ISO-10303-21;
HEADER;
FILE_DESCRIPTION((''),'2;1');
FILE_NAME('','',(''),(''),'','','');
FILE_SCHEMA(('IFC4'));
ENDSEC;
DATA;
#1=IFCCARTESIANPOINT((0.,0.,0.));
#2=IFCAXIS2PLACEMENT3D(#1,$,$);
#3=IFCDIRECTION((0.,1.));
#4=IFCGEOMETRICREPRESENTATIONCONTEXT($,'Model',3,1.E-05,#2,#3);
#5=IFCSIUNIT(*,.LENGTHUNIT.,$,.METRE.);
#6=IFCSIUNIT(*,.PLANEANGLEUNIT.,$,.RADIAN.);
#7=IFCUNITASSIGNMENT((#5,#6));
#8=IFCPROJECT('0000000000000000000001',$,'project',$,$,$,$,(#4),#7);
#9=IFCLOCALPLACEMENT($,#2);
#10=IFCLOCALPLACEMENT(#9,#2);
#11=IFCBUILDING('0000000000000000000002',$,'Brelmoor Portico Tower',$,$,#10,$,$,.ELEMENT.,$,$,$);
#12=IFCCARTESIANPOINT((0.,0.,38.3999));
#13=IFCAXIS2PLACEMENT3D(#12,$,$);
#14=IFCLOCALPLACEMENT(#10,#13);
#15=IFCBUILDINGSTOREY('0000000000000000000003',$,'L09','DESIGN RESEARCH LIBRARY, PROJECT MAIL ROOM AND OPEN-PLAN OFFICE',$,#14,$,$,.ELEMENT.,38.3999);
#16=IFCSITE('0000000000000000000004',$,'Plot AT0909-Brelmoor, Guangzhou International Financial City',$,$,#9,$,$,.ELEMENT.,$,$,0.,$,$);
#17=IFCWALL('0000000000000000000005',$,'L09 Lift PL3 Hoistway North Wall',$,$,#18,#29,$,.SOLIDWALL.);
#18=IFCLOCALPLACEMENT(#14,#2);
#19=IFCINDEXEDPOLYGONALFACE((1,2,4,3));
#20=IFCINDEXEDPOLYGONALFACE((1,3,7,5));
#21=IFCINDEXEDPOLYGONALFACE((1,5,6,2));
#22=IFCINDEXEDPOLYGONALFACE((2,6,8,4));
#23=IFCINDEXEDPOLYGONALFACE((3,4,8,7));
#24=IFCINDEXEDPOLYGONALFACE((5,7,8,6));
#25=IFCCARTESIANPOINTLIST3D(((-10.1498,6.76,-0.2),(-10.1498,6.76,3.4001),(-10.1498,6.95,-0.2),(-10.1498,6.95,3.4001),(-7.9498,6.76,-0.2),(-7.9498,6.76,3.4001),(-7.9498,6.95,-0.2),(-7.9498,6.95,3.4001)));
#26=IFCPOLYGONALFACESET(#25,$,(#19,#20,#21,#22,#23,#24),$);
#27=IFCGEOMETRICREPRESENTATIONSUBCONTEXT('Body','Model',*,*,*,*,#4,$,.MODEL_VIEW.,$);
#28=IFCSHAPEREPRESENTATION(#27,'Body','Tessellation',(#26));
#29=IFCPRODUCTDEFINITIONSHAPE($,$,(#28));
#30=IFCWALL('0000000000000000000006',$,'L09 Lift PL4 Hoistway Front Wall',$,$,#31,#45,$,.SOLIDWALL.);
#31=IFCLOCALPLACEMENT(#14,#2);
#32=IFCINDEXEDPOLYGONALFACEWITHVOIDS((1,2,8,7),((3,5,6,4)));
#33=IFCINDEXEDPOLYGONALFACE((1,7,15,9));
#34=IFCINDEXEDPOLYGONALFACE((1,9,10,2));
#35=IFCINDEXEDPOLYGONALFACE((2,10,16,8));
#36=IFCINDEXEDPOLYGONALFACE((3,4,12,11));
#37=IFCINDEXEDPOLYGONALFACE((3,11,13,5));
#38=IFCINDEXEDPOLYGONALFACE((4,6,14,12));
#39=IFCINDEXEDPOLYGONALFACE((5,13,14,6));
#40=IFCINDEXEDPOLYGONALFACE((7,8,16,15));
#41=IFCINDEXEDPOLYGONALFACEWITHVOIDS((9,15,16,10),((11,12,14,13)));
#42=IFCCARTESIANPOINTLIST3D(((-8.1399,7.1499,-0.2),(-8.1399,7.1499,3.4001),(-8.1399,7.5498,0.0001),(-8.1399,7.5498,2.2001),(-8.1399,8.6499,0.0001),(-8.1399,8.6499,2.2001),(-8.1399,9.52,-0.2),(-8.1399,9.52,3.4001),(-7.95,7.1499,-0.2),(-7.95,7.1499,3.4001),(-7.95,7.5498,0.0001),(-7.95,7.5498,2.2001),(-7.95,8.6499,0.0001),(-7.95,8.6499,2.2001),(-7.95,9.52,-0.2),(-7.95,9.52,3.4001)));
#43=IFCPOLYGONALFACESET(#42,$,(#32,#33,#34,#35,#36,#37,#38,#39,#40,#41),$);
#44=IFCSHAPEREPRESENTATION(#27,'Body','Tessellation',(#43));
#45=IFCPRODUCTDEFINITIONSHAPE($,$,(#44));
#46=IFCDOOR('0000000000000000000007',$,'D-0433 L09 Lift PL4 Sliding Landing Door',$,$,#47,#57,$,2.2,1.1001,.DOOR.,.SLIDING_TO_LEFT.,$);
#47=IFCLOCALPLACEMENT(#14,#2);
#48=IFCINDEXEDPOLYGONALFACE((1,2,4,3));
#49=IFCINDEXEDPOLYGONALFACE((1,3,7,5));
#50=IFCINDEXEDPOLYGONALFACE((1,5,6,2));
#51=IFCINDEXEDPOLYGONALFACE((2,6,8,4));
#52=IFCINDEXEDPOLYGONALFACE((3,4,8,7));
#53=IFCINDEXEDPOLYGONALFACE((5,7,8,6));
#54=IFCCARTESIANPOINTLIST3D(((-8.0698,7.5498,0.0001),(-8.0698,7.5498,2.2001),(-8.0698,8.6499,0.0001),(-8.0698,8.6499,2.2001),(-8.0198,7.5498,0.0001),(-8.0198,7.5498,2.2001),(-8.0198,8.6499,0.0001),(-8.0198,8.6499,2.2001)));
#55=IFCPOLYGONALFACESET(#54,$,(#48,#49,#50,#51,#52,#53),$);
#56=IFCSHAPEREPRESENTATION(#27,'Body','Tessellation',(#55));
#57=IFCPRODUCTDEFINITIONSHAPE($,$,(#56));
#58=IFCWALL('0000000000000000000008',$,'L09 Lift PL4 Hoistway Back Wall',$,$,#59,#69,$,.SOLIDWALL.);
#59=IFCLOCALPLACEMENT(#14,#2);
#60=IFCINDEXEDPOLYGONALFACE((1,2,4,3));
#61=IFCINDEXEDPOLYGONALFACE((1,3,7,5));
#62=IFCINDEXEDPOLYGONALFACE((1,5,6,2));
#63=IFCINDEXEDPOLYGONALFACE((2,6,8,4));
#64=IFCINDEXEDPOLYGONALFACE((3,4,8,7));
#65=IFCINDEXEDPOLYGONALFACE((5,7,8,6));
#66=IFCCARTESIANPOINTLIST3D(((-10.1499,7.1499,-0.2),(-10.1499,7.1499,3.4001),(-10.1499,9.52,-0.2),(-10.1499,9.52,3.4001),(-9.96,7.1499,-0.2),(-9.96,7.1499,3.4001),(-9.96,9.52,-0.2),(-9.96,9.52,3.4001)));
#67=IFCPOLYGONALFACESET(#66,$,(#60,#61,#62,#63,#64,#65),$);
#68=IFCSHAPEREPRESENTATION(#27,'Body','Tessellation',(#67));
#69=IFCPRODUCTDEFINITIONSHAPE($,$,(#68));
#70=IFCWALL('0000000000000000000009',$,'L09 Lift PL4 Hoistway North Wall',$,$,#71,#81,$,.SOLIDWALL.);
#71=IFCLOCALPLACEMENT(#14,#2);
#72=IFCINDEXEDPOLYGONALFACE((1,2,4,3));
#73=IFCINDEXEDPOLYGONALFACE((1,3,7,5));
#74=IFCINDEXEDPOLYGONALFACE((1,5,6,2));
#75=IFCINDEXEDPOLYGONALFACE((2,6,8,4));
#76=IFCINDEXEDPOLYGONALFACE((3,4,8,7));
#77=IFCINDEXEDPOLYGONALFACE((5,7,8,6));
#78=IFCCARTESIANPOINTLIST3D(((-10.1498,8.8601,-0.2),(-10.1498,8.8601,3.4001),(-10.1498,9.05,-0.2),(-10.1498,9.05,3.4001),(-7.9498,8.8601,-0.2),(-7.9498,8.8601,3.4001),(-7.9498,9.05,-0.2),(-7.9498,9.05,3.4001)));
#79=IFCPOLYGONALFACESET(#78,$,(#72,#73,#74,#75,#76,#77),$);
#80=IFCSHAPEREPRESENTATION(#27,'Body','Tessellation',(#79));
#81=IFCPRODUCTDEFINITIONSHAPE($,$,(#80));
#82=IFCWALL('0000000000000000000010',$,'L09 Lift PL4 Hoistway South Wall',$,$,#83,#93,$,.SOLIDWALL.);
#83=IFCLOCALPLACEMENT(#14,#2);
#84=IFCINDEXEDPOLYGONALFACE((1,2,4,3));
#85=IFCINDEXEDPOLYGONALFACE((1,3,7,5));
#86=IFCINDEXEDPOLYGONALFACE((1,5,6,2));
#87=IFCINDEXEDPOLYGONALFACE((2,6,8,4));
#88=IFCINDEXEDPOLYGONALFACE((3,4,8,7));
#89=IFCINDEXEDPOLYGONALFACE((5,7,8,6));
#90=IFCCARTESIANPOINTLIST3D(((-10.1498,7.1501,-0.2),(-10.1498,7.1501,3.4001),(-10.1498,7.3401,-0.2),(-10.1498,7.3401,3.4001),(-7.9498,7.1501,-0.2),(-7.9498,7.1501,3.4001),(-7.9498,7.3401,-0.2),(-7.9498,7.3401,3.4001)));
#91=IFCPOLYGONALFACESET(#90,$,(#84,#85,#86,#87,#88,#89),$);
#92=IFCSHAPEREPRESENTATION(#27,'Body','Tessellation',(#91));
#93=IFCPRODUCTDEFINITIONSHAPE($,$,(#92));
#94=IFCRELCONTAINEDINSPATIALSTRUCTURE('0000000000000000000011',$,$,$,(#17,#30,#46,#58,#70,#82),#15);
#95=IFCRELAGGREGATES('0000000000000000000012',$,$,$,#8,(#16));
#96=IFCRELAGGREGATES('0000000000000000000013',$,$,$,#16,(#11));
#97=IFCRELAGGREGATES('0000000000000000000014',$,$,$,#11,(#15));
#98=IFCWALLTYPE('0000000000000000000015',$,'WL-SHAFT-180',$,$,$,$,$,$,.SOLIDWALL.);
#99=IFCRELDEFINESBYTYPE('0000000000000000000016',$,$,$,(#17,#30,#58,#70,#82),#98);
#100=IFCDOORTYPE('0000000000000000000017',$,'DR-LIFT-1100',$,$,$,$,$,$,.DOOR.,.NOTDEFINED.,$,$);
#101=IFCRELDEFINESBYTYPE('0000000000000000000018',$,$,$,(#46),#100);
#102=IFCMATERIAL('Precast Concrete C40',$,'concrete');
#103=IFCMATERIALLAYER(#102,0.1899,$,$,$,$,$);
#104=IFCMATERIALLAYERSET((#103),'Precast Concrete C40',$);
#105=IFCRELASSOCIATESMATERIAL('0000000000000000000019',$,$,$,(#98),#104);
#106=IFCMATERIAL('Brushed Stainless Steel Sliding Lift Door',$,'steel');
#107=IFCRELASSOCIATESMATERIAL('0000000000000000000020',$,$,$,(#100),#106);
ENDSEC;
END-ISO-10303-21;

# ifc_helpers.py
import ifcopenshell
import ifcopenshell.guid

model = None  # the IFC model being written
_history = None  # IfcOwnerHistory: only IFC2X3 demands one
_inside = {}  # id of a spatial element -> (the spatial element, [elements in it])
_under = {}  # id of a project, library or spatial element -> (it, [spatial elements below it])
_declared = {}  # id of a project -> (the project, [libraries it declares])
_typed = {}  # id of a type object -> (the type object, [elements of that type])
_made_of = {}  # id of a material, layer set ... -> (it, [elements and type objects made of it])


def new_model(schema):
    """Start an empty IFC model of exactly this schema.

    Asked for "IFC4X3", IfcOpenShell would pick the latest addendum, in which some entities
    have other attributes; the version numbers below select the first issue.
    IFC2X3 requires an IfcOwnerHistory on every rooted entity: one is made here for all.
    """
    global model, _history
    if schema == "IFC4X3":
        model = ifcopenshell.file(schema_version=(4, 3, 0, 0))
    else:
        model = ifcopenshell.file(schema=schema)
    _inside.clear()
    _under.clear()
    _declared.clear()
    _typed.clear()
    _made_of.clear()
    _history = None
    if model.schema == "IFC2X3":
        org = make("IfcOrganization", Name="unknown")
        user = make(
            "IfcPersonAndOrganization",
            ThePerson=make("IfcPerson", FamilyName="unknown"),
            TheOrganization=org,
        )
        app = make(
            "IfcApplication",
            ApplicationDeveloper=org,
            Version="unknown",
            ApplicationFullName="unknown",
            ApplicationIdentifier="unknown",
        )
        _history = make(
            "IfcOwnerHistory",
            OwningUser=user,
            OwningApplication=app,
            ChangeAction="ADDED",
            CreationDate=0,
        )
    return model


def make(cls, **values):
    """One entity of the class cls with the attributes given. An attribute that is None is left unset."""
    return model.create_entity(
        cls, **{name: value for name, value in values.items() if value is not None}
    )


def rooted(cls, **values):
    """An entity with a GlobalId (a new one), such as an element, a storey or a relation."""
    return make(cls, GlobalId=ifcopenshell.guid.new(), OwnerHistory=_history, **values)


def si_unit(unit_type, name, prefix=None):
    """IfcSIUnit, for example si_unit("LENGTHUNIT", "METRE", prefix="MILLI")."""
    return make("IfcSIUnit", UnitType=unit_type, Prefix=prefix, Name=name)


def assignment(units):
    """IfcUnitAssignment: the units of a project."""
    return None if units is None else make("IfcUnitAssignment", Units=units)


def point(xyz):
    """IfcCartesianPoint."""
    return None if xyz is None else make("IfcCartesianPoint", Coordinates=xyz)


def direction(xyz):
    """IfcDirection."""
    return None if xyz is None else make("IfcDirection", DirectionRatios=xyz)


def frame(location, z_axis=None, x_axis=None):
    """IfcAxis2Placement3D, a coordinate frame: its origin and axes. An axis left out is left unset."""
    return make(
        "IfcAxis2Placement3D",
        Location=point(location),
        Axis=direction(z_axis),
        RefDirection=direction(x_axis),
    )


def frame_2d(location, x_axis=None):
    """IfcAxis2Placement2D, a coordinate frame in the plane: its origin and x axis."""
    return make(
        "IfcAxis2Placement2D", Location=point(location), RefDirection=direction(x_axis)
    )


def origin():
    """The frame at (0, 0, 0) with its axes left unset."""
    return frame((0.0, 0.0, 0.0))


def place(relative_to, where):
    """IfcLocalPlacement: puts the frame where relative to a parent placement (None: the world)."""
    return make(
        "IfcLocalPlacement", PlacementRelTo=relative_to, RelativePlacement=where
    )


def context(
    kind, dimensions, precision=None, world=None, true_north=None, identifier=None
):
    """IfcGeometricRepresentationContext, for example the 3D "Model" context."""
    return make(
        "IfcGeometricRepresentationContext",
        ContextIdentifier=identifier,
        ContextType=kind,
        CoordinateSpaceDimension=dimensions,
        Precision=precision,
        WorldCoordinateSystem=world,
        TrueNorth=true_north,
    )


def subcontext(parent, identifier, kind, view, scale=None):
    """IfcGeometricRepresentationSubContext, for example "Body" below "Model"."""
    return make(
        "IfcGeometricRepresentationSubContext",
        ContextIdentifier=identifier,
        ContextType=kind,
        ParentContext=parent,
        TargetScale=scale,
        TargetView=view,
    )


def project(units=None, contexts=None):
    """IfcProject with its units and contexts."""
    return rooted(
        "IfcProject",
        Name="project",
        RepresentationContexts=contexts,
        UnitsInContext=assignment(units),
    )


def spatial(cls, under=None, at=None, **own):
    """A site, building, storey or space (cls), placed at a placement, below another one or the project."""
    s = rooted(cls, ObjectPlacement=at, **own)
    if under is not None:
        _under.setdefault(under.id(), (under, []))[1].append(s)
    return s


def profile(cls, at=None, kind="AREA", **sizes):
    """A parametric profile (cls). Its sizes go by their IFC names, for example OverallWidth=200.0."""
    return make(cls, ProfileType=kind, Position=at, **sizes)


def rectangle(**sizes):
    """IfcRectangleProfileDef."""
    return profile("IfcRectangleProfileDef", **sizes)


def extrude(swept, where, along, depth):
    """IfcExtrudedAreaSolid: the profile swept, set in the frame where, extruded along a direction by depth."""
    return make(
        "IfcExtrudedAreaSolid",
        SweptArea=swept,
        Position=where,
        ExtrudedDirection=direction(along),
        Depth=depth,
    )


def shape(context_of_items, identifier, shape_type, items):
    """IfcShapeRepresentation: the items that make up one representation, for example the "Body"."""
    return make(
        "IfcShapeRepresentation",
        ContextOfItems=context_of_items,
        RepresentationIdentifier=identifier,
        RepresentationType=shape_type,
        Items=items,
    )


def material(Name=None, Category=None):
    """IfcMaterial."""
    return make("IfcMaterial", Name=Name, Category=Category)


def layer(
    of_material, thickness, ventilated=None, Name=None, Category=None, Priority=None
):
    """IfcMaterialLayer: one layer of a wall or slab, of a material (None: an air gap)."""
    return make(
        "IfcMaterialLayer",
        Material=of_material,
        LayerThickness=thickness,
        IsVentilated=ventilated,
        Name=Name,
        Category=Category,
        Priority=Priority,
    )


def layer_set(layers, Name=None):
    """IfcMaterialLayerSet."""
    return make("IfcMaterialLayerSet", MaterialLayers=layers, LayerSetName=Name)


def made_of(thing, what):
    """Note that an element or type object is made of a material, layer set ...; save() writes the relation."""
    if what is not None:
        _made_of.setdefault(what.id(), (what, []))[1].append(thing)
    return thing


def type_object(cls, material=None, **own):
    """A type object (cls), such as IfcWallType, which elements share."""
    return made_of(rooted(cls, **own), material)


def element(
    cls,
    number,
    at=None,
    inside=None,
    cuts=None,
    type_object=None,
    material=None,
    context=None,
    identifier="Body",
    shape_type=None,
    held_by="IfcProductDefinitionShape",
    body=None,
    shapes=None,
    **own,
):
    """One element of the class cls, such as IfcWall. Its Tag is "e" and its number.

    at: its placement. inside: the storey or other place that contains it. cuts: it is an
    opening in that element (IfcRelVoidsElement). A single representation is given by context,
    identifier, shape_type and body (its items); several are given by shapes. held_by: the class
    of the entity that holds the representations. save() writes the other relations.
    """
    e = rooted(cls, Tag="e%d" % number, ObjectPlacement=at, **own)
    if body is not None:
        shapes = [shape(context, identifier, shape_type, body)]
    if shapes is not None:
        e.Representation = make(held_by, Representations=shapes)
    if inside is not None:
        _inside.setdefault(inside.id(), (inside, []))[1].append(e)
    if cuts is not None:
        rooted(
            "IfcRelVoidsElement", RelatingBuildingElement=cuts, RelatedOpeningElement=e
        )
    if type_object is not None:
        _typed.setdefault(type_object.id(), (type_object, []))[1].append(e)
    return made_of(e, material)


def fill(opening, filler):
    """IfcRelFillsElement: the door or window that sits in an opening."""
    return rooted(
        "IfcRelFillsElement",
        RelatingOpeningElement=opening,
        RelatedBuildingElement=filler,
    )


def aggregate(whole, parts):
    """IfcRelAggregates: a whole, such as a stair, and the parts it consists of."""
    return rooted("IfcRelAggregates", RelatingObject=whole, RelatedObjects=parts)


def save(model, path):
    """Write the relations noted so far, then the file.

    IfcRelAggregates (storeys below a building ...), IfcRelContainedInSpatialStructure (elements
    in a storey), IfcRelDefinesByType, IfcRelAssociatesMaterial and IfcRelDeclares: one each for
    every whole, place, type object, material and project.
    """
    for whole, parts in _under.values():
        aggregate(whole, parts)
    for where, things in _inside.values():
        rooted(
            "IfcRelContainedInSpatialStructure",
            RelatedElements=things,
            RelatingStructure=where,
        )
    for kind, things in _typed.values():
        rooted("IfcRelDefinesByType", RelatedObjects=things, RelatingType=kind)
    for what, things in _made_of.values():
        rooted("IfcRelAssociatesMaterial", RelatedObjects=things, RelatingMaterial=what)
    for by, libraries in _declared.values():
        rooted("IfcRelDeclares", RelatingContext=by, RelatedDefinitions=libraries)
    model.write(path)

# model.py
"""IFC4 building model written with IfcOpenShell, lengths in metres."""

from ifc_helpers import new_model, si_unit, direction, frame, frame_2d, origin, place, context, subcontext, project, spatial, rectangle, extrude, material, layer, layer_set, type_object, element, fill, save


model = new_model("IFC4")

# Units and contexts
model_context = context("Model", 3, precision=1e-05, world=origin(), true_north=direction((0.0, 1.0)))
body_context = subcontext(model_context, "Body", "Model", "MODEL_VIEW")
ifc_project = project(units=[si_unit("LENGTHUNIT", "METRE"), si_unit("PLANEANGLEUNIT", "RADIAN")], contexts=[model_context])

# Site, building, storey
site_placement = place(None, origin())
site = spatial("IfcSite", under=ifc_project, at=site_placement, Name="Plot AT0909-Brelmoor, Guangzhou International Financial City", CompositionType="ELEMENT", RefElevation=0.0)
building_placement = place(site_placement, origin())
building = spatial("IfcBuilding", under=site, at=building_placement, Name="Brelmoor Portico Tower", CompositionType="ELEMENT")
storey_placement = place(building_placement, frame((0.0, 0.0, 38.3999)))
storey = spatial("IfcBuildingStorey", under=building, at=storey_placement, Name="L09", Description="DESIGN RESEARCH LIBRARY, PROJECT MAIL ROOM AND OPEN-PLAN OFFICE", CompositionType="ELEMENT", Elevation=38.3999)

# Wall
ifc_material_1 = material(Name="Precast Concrete C40", Category="concrete")
ifc_layer_1 = layer(ifc_material_1, 0.1899)
ifc_layer_set_1 = layer_set([ifc_layer_1], Name="Precast Concrete C40")
wall_type_1 = type_object("IfcWallType", Name="WL-SHAFT-180", PredefinedType="SOLIDWALL", material=ifc_layer_set_1)
wall_1_placement = place(storey_placement, frame((-10.1499, 6.855, -0.2), z_axis=(0.0, 0.0, 1.0), x_axis=(1.0, 0.0, 0.0)))
element("IfcWall", 1, at=wall_1_placement, inside=storey, type_object=wall_type_1, Name="L09 Lift PL3 Hoistway North Wall", PredefinedType="SOLIDWALL", context=body_context, shape_type="SweptSolid", body=[
    extrude(rectangle(XDim=2.2, YDim=0.1899, at=frame_2d((1.1001, 0.0))), origin(), (0.0, 0.0, 1.0), 3.6001),
])

# Wall, opening, door
wall_2_placement = place(storey_placement, frame((-8.0449, 7.1499, -0.2), z_axis=(0.0, 0.0, 1.0), x_axis=(0.0, 1.0, 0.0)))
wall_2 = element("IfcWall", 2, at=wall_2_placement, inside=storey, type_object=wall_type_1, Name="L09 Lift PL4 Hoistway Front Wall", PredefinedType="SOLIDWALL", context=body_context, shape_type="SweptSolid", body=[
    extrude(rectangle(XDim=2.3701, YDim=0.1899, at=frame_2d((1.1851, 0.0))), origin(), (0.0, 0.0, 1.0), 3.6001),
])
opening_1_placement = place(wall_2_placement, frame((0.3999, 0.0, 0.2)))
opening_1 = element("IfcOpeningElement", 3, at=opening_1_placement, cuts=wall_2, PredefinedType="OPENING", context=body_context, shape_type="SweptSolid", body=[
    extrude(rectangle(XDim=1.1001, YDim=2.2, at=frame_2d((0.55, 1.1001))), frame((0.0, 0.105, 0.0), z_axis=(0.0, -1.0, 0.0), x_axis=(1.0, 0.0, 0.0)), (0.0, 0.0, 1.0), 0.21),
])
ifc_material_2 = material(Name="Brushed Stainless Steel Sliding Lift Door", Category="steel")
door_type_1 = type_object("IfcDoorType", Name="DR-LIFT-1100", OperationType="NOTDEFINED", PredefinedType="DOOR", material=ifc_material_2)
door_1_placement = place(opening_1_placement, origin())
door_1 = element("IfcDoor", 4, at=door_1_placement, inside=storey, type_object=door_type_1, Name="D-0433 L09 Lift PL4 Sliding Landing Door", OperationType="SLIDING_TO_LEFT", OverallHeight=2.2, OverallWidth=1.1001, PredefinedType="DOOR", context=body_context, shape_type="SweptSolid", body=[
    extrude(rectangle(XDim=1.1001, YDim=2.2, at=frame_2d((0.55, 1.1001))), frame((0.0, 0.0249, 0.0), z_axis=(0.0, -1.0, 0.0), x_axis=(1.0, 0.0, 0.0)), (0.0, 0.0, 1.0), 0.05),
])
fill(opening_1, door_1)

# Walls
wall_3_placement = place(storey_placement, frame((-10.0549, 7.1499, -0.2), z_axis=(0.0, 0.0, 1.0), x_axis=(0.0, 1.0, 0.0)))
element("IfcWall", 5, at=wall_3_placement, inside=storey, type_object=wall_type_1, Name="L09 Lift PL4 Hoistway Back Wall", PredefinedType="SOLIDWALL", context=body_context, shape_type="SweptSolid", body=[
    extrude(rectangle(XDim=2.3701, YDim=0.1899, at=frame_2d((1.1851, 0.0))), origin(), (0.0, 0.0, 1.0), 3.6001),
])
for number, where, z_axis, x_axis, name in (
    (6, (-10.1499, 8.9551, -0.2), (0.0, 0.0, 1.0), (1.0, 0.0, 0.0), "L09 Lift PL4 Hoistway North Wall"),
    (7, (-10.1499, 7.2451, -0.2), (0.0, 0.0, 1.0), (1.0, 0.0, 0.0), "L09 Lift PL4 Hoistway South Wall"),
):
    element("IfcWall", number, at=place(storey_placement, frame(where, z_axis=z_axis, x_axis=x_axis)), inside=storey, type_object=wall_type_1, Name=name, PredefinedType="SOLIDWALL", context=body_context, shape_type="SweptSolid", body=[
        extrude(rectangle(XDim=2.2, YDim=0.1899, at=frame_2d((1.1001, 0.0))), origin(), (0.0, 0.0, 1.0), 3.6001),
    ])

save(model, "model.ifc")
